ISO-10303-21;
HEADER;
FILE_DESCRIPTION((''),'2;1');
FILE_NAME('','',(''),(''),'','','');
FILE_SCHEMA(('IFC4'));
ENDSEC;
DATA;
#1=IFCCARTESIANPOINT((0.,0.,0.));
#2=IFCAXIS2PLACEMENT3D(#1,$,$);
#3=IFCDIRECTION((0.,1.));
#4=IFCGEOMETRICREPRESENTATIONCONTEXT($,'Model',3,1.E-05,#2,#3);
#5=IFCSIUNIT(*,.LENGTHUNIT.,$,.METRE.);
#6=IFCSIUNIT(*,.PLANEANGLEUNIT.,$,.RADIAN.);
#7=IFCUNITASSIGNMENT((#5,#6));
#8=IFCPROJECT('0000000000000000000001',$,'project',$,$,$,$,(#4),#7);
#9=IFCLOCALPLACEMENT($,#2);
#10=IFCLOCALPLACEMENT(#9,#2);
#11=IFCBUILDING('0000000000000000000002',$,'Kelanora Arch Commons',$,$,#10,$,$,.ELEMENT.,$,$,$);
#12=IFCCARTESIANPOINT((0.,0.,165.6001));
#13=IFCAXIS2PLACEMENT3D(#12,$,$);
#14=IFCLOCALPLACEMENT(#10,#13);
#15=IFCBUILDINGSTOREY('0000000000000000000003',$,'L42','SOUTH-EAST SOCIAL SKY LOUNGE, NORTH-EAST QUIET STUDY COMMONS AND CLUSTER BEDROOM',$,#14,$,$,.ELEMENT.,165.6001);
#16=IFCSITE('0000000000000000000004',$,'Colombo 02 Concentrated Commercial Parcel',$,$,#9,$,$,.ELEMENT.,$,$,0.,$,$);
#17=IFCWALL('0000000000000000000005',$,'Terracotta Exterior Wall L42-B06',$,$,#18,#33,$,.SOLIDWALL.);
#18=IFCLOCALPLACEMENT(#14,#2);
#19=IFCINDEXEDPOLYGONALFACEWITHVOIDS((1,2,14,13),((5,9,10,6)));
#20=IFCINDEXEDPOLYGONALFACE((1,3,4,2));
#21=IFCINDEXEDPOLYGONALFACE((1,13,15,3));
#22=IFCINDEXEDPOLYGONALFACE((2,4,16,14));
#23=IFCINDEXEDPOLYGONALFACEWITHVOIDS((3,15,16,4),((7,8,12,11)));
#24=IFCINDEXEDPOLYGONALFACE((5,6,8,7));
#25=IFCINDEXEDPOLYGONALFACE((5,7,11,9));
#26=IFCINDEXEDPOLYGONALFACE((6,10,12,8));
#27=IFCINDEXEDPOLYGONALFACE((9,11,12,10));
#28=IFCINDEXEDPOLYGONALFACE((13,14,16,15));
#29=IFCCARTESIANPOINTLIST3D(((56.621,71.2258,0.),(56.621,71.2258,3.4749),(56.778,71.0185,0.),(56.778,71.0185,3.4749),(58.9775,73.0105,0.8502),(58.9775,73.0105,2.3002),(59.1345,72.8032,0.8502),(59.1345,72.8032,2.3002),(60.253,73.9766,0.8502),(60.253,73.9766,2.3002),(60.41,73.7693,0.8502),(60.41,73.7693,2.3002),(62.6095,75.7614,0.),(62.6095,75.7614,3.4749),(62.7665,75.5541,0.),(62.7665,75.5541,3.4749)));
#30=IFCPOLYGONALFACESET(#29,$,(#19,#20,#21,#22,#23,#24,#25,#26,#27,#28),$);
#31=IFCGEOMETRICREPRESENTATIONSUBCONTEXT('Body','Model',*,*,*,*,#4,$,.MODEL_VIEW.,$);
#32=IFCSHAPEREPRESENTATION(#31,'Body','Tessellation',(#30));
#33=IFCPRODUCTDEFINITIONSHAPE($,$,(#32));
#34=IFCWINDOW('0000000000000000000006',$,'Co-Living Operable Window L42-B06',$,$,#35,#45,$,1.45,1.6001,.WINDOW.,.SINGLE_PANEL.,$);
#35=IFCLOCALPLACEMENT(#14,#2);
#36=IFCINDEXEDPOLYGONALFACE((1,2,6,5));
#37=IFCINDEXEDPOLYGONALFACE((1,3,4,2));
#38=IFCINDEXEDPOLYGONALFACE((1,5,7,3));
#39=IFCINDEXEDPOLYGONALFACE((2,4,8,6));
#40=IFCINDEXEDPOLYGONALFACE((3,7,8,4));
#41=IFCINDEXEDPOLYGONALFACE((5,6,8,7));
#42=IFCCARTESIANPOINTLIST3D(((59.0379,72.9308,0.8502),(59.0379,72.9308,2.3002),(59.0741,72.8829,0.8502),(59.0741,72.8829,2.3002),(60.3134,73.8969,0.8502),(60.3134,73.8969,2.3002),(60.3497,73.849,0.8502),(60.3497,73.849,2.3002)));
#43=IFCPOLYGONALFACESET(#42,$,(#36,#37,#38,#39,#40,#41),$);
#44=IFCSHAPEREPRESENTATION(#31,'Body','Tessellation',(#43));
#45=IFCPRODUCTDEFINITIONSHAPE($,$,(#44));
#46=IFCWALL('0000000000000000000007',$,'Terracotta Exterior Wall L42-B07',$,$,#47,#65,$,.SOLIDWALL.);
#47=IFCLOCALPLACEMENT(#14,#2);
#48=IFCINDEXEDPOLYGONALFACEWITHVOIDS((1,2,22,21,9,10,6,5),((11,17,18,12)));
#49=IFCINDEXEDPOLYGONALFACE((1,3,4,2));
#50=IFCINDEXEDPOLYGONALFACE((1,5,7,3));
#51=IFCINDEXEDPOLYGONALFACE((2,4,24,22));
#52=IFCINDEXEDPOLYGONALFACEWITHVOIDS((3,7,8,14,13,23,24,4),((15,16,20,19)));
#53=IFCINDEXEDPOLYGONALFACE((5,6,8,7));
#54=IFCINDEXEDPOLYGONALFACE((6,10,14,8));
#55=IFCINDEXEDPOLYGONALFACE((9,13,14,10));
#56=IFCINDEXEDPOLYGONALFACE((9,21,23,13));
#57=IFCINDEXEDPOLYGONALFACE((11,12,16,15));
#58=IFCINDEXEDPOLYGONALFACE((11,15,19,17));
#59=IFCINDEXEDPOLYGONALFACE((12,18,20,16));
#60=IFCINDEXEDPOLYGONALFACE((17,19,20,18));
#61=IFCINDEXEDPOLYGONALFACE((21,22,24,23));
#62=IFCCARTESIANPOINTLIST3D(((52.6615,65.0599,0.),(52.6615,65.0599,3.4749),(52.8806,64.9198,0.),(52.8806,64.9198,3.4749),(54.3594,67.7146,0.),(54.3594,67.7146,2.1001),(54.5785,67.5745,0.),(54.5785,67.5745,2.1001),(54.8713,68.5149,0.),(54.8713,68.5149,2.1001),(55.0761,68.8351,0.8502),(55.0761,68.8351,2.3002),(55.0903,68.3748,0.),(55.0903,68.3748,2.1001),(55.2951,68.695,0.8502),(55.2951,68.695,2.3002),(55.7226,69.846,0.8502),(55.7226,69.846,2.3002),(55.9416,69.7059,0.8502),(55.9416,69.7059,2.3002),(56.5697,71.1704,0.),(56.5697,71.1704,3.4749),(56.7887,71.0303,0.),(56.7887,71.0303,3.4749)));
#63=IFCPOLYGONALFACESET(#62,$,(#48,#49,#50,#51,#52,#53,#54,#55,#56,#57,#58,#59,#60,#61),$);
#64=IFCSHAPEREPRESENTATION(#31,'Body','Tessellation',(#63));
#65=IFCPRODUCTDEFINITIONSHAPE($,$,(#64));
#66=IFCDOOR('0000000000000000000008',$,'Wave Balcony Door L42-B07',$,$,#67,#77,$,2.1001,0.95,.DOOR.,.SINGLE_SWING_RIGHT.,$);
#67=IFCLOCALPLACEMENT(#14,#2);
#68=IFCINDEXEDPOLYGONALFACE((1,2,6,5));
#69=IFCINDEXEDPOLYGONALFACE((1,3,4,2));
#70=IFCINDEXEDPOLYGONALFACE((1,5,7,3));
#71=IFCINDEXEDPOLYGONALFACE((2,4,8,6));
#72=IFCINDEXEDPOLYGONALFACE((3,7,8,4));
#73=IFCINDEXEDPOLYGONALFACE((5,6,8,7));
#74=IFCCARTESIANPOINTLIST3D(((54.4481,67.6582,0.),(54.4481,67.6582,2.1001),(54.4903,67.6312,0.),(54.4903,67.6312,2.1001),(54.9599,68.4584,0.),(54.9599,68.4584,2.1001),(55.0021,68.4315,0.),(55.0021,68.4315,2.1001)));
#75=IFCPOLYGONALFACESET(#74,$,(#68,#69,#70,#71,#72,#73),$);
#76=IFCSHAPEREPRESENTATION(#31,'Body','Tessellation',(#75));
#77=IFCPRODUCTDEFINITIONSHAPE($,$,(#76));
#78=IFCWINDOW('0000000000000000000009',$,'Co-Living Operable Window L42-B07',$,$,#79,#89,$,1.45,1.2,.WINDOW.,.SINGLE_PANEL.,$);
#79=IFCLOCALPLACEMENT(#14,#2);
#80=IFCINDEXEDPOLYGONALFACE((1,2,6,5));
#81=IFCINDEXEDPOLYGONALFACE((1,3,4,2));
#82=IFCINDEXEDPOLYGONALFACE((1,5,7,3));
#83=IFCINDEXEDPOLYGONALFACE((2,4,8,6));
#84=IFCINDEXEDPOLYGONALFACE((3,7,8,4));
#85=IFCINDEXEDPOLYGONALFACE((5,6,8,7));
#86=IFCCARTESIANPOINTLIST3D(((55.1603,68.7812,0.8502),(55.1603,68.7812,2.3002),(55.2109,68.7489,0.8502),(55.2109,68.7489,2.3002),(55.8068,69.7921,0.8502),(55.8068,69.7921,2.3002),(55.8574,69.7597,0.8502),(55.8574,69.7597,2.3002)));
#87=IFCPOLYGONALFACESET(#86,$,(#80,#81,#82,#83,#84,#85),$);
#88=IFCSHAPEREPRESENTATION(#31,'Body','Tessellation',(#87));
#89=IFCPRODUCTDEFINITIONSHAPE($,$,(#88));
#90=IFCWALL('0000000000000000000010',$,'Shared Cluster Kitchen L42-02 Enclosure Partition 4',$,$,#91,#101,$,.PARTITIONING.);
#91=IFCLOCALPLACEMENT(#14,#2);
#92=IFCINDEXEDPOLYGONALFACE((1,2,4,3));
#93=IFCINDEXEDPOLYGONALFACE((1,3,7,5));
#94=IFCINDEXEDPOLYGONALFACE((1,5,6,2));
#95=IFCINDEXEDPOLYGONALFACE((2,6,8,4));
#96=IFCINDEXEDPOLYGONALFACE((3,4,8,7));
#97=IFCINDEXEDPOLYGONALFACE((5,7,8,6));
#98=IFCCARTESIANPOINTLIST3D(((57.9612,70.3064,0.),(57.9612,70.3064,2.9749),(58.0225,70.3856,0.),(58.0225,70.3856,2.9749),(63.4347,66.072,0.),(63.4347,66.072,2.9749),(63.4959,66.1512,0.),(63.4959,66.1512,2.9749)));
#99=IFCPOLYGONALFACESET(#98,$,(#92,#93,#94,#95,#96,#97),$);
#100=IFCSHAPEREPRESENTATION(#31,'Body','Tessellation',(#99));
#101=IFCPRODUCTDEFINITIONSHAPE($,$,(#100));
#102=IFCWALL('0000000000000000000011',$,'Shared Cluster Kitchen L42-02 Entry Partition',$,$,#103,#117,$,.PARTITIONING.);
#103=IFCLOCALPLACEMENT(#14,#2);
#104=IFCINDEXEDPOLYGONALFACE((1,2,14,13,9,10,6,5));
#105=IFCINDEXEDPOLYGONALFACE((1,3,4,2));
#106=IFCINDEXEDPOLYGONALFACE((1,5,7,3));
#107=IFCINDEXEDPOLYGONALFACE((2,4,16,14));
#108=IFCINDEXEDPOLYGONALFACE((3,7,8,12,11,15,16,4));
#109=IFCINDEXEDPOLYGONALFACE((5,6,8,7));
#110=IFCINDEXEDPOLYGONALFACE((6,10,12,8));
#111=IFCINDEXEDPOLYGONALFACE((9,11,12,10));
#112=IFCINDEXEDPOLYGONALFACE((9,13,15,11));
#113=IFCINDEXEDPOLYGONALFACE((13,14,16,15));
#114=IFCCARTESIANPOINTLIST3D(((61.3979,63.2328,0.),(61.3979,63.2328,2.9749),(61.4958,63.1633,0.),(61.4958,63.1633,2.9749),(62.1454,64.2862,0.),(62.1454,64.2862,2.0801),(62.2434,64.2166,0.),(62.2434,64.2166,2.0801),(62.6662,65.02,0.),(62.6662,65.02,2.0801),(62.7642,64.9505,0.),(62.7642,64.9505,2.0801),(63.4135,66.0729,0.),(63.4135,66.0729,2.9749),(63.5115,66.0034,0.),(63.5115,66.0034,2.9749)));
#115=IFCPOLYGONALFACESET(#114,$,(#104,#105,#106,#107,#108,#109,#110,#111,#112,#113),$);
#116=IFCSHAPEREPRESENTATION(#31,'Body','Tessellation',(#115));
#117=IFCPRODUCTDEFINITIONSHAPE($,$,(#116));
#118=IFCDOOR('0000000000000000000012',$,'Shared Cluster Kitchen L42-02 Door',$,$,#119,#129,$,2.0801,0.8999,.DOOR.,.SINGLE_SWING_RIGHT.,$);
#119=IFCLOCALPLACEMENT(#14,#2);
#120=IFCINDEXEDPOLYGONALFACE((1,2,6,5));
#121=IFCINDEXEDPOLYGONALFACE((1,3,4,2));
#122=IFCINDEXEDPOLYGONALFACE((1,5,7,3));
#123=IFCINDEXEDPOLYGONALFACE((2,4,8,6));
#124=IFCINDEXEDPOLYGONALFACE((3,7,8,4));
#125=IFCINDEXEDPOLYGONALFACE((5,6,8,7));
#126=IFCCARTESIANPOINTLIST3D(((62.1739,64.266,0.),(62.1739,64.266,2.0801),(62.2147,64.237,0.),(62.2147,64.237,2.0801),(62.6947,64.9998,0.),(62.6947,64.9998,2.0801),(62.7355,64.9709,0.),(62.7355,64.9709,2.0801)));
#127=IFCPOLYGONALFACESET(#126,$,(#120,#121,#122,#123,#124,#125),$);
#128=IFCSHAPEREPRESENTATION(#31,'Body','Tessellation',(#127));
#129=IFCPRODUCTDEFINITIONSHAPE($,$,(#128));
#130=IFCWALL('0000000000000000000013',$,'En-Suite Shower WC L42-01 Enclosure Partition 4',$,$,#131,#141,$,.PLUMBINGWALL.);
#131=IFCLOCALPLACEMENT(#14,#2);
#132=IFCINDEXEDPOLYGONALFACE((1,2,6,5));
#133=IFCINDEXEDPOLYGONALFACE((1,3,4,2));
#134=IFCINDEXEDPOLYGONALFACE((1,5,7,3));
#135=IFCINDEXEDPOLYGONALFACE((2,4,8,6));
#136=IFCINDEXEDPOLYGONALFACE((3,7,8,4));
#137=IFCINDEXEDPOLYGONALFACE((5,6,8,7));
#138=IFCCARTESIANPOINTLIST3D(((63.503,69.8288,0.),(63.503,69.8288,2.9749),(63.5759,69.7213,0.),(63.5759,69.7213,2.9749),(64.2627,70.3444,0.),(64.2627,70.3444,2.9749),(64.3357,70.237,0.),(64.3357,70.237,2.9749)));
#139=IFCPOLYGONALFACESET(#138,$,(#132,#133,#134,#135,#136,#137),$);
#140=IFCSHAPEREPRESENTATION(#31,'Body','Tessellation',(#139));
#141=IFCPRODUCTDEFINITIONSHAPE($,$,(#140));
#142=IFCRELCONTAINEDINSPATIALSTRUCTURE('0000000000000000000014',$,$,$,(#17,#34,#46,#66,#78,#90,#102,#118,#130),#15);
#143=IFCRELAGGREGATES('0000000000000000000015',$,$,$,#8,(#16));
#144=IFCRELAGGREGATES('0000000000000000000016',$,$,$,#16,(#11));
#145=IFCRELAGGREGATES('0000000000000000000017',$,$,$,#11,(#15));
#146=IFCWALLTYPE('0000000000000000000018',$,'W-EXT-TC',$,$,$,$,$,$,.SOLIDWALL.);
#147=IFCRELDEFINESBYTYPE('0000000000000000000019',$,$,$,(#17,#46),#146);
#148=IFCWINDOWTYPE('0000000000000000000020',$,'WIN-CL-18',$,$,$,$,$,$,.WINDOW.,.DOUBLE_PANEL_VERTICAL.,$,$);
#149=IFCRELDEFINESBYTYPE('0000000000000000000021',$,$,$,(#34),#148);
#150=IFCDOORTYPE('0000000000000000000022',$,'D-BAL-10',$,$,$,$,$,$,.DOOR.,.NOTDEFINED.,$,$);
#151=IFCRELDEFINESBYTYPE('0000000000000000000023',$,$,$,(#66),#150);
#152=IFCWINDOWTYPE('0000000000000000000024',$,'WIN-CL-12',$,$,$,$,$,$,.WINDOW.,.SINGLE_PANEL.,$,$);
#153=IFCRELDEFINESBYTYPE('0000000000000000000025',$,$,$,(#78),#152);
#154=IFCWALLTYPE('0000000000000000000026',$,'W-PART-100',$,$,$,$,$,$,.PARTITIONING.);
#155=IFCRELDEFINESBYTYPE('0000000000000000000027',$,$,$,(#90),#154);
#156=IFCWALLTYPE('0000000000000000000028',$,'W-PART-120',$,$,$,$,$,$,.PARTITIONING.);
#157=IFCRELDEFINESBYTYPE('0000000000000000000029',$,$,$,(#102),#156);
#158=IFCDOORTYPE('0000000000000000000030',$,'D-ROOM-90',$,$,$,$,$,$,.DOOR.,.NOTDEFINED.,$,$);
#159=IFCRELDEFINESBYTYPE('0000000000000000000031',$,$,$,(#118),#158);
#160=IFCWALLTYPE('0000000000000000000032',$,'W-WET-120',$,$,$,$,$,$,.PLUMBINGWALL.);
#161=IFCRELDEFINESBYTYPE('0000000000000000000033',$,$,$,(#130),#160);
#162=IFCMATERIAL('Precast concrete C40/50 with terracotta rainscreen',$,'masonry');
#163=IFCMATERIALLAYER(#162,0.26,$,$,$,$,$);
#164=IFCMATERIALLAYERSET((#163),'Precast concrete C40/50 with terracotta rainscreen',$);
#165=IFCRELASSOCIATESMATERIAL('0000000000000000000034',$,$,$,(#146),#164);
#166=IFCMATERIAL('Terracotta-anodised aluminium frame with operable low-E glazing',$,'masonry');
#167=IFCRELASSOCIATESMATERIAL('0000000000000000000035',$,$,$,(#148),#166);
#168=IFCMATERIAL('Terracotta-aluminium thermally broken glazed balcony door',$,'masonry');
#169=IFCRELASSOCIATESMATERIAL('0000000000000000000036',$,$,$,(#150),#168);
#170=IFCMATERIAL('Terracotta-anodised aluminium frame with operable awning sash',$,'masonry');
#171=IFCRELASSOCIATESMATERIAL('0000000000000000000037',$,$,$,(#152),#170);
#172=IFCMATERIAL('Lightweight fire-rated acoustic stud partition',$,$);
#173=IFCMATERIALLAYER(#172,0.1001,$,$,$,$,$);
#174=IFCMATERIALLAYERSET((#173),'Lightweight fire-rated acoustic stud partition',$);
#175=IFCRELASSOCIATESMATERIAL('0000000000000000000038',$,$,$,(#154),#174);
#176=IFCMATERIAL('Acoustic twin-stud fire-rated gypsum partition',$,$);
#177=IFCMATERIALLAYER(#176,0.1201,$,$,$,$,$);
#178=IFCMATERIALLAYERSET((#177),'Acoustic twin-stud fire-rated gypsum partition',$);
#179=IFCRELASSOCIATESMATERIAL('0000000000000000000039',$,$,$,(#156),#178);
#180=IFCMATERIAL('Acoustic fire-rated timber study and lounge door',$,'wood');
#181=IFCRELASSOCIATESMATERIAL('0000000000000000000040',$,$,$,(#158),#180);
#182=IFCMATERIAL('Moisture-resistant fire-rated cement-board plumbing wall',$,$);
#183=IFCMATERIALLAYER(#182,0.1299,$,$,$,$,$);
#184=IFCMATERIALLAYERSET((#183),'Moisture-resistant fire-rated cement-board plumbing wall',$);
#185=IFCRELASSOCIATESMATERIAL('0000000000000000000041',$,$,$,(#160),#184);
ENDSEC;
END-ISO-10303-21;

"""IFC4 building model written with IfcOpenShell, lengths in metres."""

from ifc_helpers import new_model, si_unit, direction, frame, frame_2d, origin, place, context, subcontext, project, spatial, rectangle, extrude, material, layer, layer_set, type_object, element, fill, save


model = new_model("IFC4")

# Units and contexts
model_context = context("Model", 3, precision=1e-05, world=origin(), true_north=direction((0.0, 1.0)))
body_context = subcontext(model_context, "Body", "Model", "MODEL_VIEW")
ifc_project = project(units=[si_unit("LENGTHUNIT", "METRE"), si_unit("PLANEANGLEUNIT", "RADIAN")], contexts=[model_context])

# Site, building, storey
site_placement = place(None, origin())
site = spatial("IfcSite", under=ifc_project, at=site_placement, Name="Colombo 02 Concentrated Commercial Parcel", CompositionType="ELEMENT", RefElevation=0.0)
building_placement = place(site_placement, origin())
building = spatial("IfcBuilding", under=site, at=building_placement, Name="Kelanora Arch Commons", CompositionType="ELEMENT")
storey_placement = place(building_placement, frame((0.0, 0.0, 165.6001)))
storey = spatial("IfcBuildingStorey", under=building, at=storey_placement, Name="L42", Description="SOUTH-EAST SOCIAL SKY LOUNGE, NORTH-EAST QUIET STUDY COMMONS AND CLUSTER BEDROOM", CompositionType="ELEMENT", Elevation=165.6001)

# Wall, opening, window
ifc_material_1 = material(Name="Precast concrete C40/50 with terracotta rainscreen", Category="masonry")
ifc_layer_1 = layer(ifc_material_1, 0.26)
ifc_layer_set_1 = layer_set([ifc_layer_1], Name="Precast concrete C40/50 with terracotta rainscreen")
wall_type_1 = type_object("IfcWallType", Name="W-EXT-TC", PredefinedType="SOLIDWALL", material=ifc_layer_set_1)
wall_1_placement = place(storey_placement, frame((62.688, 75.6577, 0.0), z_axis=(0.0, 0.0, 1.0), x_axis=(-0.797164, -0.603763, 0.0)))
wall_1 = element("IfcWall", 1, at=wall_1_placement, inside=storey, type_object=wall_type_1, Name="Terracotta Exterior Wall L42-B06", PredefinedType="SOLIDWALL", context=body_context, shape_type="SweptSolid", body=[
    extrude(rectangle(XDim=7.5122, YDim=0.26, at=frame_2d((3.7561, 0.0))), origin(), (0.0, 0.0, 1.0), 3.4749),
])
opening_1_placement = place(wall_1_placement, frame((2.9561, 0.0, 0.8501)))
opening_1 = element("IfcOpeningElement", 2, at=opening_1_placement, cuts=wall_1, PredefinedType="OPENING", context=body_context, shape_type="SweptSolid", body=[
    extrude(rectangle(XDim=1.6001, YDim=1.45, at=frame_2d((0.8, 0.7251))), frame((0.0, 0.1401, 0.0), z_axis=(0.0, -1.0, 0.0), x_axis=(1.0, 0.0, 0.0)), (0.0, 0.0, 1.0), 0.28),
])
ifc_material_2 = material(Name="Terracotta-anodised aluminium frame with operable low-E glazing", Category="masonry")
window_type_1 = type_object("IfcWindowType", Name="WIN-CL-18", PartitioningType="DOUBLE_PANEL_VERTICAL", PredefinedType="WINDOW", material=ifc_material_2)
window_1_placement = place(opening_1_placement, origin())
window_1 = element("IfcWindow", 3, at=window_1_placement, inside=storey, type_object=window_type_1, Name="Co-Living Operable Window L42-B06", OverallHeight=1.45, OverallWidth=1.6001, PartitioningType="SINGLE_PANEL", PredefinedType="WINDOW", context=body_context, shape_type="SweptSolid", body=[
    extrude(rectangle(XDim=1.6001, YDim=1.45, at=frame_2d((0.8, 0.7251))), frame((0.0, 0.03, 0.0), z_axis=(0.0, -1.0, 0.0), x_axis=(1.0, 0.0, 0.0)), (0.0, 0.0, 1.0), 0.0601),
])
fill(opening_1, window_1)

# Wall, openings, door, window
wall_2_placement = place(storey_placement, frame((56.6792, 71.1003, 0.0), z_axis=(0.0, 0.0, 1.0), x_axis=(-0.538802, -0.842433, 0.0)))
wall_2 = element("IfcWall", 4, at=wall_2_placement, inside=storey, type_object=wall_type_1, Name="Terracotta Exterior Wall L42-B07", PredefinedType="SOLIDWALL", context=body_context, shape_type="SweptSolid", body=[
    extrude(rectangle(XDim=7.2534, YDim=0.26, at=frame_2d((3.6267, 0.0))), origin(), (0.0, 0.0, 1.0), 3.4749),
])
opening_2_placement = place(wall_2_placement, frame((3.1521, 0.0, 0.0)))
opening_2 = element("IfcOpeningElement", 5, at=opening_2_placement, cuts=wall_2, PredefinedType="OPENING", context=body_context, shape_type="SweptSolid", body=[
    extrude(rectangle(XDim=0.95, YDim=2.1001, at=frame_2d((0.4751, 1.05))), frame((0.0, 0.1401, 0.0), z_axis=(0.0, -1.0, 0.0), x_axis=(1.0, 0.0, 0.0)), (0.0, 0.0, 1.0), 0.28),
])
opening_3_placement = place(wall_2_placement, frame((1.572, 0.0, 0.8501)))
opening_3 = element("IfcOpeningElement", 6, at=opening_3_placement, cuts=wall_2, PredefinedType="OPENING", context=body_context, shape_type="SweptSolid", body=[
    extrude(rectangle(XDim=1.2, YDim=1.45, at=frame_2d((0.6001, 0.7251))), frame((0.0, 0.1401, 0.0), z_axis=(0.0, -1.0, 0.0), x_axis=(1.0, 0.0, 0.0)), (0.0, 0.0, 1.0), 0.28),
])
ifc_material_3 = material(Name="Terracotta-aluminium thermally broken glazed balcony door", Category="masonry")
door_type_1 = type_object("IfcDoorType", Name="D-BAL-10", OperationType="NOTDEFINED", PredefinedType="DOOR", material=ifc_material_3)
door_1_placement = place(opening_2_placement, frame((0.95, 0.0, 0.0), z_axis=(0.0, 0.0, 1.0), x_axis=(-1.0, 0.0, 0.0)))
door_1 = element("IfcDoor", 7, at=door_1_placement, inside=storey, type_object=door_type_1, Name="Wave Balcony Door L42-B07", OperationType="SINGLE_SWING_RIGHT", OverallHeight=2.1001, OverallWidth=0.95, PredefinedType="DOOR", context=body_context, shape_type="SweptSolid", body=[
    extrude(rectangle(XDim=0.95, YDim=2.1001, at=frame_2d((0.4751, 1.05))), frame((0.0, 0.0249, 0.0), z_axis=(0.0, -1.0, 0.0), x_axis=(1.0, 0.0, 0.0)), (0.0, 0.0, 1.0), 0.05),
])
fill(opening_2, door_1)
ifc_material_4 = material(Name="Terracotta-anodised aluminium frame with operable awning sash", Category="masonry")
window_type_2 = type_object("IfcWindowType", Name="WIN-CL-12", PartitioningType="SINGLE_PANEL", PredefinedType="WINDOW", material=ifc_material_4)
window_2_placement = place(opening_3_placement, origin())
window_2 = element("IfcWindow", 8, at=window_2_placement, inside=storey, type_object=window_type_2, Name="Co-Living Operable Window L42-B07", OverallHeight=1.45, OverallWidth=1.2, PartitioningType="SINGLE_PANEL", PredefinedType="WINDOW", context=body_context, shape_type="SweptSolid", body=[
    extrude(rectangle(XDim=1.2, YDim=1.45, at=frame_2d((0.6001, 0.7251))), frame((0.0, 0.03, 0.0), z_axis=(0.0, -1.0, 0.0), x_axis=(1.0, 0.0, 0.0)), (0.0, 0.0, 1.0), 0.0601),
])
fill(opening_3, window_2)

# Wall
ifc_material_5 = material(Name="Lightweight fire-rated acoustic stud partition")
ifc_layer_2 = layer(ifc_material_5, 0.1001)
ifc_layer_set_2 = layer_set([ifc_layer_2], Name="Lightweight fire-rated acoustic stud partition")
wall_type_2 = type_object("IfcWallType", Name="W-PART-100", PredefinedType="PARTITIONING", material=ifc_layer_set_2)
wall_3_placement = place(storey_placement, frame((57.9919, 70.3459, 0.0), z_axis=(0.0, 0.0, 1.0), x_axis=(0.79094, -0.611894, 0.0)))
element("IfcWall", 9, at=wall_3_placement, inside=storey, type_object=wall_type_2, Name="Shared Cluster Kitchen L42-02 Enclosure Partition 4", PredefinedType="PARTITIONING", context=body_context, shape_type="SweptSolid", body=[
    extrude(rectangle(XDim=6.9202, YDim=0.1001, at=frame_2d((3.46, 0.0))), origin(), (0.0, 0.0, 1.0), 2.9749),
])

# Wall, opening, door
ifc_material_6 = material(Name="Acoustic twin-stud fire-rated gypsum partition")
ifc_layer_3 = layer(ifc_material_6, 0.1201)
ifc_layer_set_3 = layer_set([ifc_layer_3], Name="Acoustic twin-stud fire-rated gypsum partition")
wall_type_3 = type_object("IfcWallType", Name="W-PART-120", PredefinedType="PARTITIONING", material=ifc_layer_set_3)
wall_4_placement = place(storey_placement, frame((63.4624, 66.0381, 0.0), z_axis=(0.0, 0.0, 1.0), x_axis=(-0.578762, -0.815496, 0.0)))
wall_4 = element("IfcWall", 10, at=wall_4_placement, inside=storey, type_object=wall_type_3, Name="Shared Cluster Kitchen L42-02 Entry Partition", PredefinedType="PARTITIONING", context=body_context, shape_type="SweptSolid", body=[
    extrude(rectangle(XDim=3.4827, YDim=0.1201, at=frame_2d((1.7412, 0.0))), origin(), (0.0, 0.0, 1.0), 2.9749),
])
opening_4_placement = place(wall_4_placement, frame((1.291, 0.0, 0.0)))
opening_4 = element("IfcOpeningElement", 11, at=opening_4_placement, cuts=wall_4, PredefinedType="OPENING", context=body_context, shape_type="SweptSolid", body=[
    extrude(rectangle(XDim=0.8999, YDim=2.0801, at=frame_2d((0.45, 1.04))), frame((0.0, 0.0701, 0.0), z_axis=(0.0, -1.0, 0.0), x_axis=(1.0, 0.0, 0.0)), (0.0, 0.0, 1.0), 0.1401),
])
ifc_material_7 = material(Name="Acoustic fire-rated timber study and lounge door", Category="wood")
door_type_2 = type_object("IfcDoorType", Name="D-ROOM-90", OperationType="NOTDEFINED", PredefinedType="DOOR", material=ifc_material_7)
door_2_placement = place(opening_4_placement, origin())
door_2 = element("IfcDoor", 12, at=door_2_placement, inside=storey, type_object=door_type_2, Name="Shared Cluster Kitchen L42-02 Door", OperationType="SINGLE_SWING_RIGHT", OverallHeight=2.0801, OverallWidth=0.8999, PredefinedType="DOOR", context=body_context, shape_type="SweptSolid", body=[
    extrude(rectangle(XDim=0.8999, YDim=2.0801, at=frame_2d((0.45, 1.04))), frame((0.0, 0.0249, 0.0), z_axis=(0.0, -1.0, 0.0), x_axis=(1.0, 0.0, 0.0)), (0.0, 0.0, 1.0), 0.05),
])
fill(opening_4, door_2)

# Wall
ifc_material_8 = material(Name="Moisture-resistant fire-rated cement-board plumbing wall")
ifc_layer_4 = layer(ifc_material_8, 0.1299)
ifc_layer_set_4 = layer_set([ifc_layer_4], Name="Moisture-resistant fire-rated cement-board plumbing wall")
wall_type_4 = type_object("IfcWallType", Name="W-WET-120", PredefinedType="PLUMBINGWALL", material=ifc_layer_set_4)
wall_5_placement = place(storey_placement, frame((63.5396, 69.7751, 0.0), z_axis=(0.0, 0.0, 1.0), x_axis=(0.82744, 0.561553, 0.0)))
element("IfcWall", 13, at=wall_5_placement, inside=storey, type_object=wall_type_4, Name="En-Suite Shower WC L42-01 Enclosure Partition 4", PredefinedType="PLUMBINGWALL", context=body_context, shape_type="SweptSolid", body=[
    extrude(rectangle(XDim=0.9182, YDim=0.1299, at=frame_2d((0.459, 0.0))), origin(), (0.0, 0.0, 1.0), 2.9749),
])

save(model, "model.ifc")
